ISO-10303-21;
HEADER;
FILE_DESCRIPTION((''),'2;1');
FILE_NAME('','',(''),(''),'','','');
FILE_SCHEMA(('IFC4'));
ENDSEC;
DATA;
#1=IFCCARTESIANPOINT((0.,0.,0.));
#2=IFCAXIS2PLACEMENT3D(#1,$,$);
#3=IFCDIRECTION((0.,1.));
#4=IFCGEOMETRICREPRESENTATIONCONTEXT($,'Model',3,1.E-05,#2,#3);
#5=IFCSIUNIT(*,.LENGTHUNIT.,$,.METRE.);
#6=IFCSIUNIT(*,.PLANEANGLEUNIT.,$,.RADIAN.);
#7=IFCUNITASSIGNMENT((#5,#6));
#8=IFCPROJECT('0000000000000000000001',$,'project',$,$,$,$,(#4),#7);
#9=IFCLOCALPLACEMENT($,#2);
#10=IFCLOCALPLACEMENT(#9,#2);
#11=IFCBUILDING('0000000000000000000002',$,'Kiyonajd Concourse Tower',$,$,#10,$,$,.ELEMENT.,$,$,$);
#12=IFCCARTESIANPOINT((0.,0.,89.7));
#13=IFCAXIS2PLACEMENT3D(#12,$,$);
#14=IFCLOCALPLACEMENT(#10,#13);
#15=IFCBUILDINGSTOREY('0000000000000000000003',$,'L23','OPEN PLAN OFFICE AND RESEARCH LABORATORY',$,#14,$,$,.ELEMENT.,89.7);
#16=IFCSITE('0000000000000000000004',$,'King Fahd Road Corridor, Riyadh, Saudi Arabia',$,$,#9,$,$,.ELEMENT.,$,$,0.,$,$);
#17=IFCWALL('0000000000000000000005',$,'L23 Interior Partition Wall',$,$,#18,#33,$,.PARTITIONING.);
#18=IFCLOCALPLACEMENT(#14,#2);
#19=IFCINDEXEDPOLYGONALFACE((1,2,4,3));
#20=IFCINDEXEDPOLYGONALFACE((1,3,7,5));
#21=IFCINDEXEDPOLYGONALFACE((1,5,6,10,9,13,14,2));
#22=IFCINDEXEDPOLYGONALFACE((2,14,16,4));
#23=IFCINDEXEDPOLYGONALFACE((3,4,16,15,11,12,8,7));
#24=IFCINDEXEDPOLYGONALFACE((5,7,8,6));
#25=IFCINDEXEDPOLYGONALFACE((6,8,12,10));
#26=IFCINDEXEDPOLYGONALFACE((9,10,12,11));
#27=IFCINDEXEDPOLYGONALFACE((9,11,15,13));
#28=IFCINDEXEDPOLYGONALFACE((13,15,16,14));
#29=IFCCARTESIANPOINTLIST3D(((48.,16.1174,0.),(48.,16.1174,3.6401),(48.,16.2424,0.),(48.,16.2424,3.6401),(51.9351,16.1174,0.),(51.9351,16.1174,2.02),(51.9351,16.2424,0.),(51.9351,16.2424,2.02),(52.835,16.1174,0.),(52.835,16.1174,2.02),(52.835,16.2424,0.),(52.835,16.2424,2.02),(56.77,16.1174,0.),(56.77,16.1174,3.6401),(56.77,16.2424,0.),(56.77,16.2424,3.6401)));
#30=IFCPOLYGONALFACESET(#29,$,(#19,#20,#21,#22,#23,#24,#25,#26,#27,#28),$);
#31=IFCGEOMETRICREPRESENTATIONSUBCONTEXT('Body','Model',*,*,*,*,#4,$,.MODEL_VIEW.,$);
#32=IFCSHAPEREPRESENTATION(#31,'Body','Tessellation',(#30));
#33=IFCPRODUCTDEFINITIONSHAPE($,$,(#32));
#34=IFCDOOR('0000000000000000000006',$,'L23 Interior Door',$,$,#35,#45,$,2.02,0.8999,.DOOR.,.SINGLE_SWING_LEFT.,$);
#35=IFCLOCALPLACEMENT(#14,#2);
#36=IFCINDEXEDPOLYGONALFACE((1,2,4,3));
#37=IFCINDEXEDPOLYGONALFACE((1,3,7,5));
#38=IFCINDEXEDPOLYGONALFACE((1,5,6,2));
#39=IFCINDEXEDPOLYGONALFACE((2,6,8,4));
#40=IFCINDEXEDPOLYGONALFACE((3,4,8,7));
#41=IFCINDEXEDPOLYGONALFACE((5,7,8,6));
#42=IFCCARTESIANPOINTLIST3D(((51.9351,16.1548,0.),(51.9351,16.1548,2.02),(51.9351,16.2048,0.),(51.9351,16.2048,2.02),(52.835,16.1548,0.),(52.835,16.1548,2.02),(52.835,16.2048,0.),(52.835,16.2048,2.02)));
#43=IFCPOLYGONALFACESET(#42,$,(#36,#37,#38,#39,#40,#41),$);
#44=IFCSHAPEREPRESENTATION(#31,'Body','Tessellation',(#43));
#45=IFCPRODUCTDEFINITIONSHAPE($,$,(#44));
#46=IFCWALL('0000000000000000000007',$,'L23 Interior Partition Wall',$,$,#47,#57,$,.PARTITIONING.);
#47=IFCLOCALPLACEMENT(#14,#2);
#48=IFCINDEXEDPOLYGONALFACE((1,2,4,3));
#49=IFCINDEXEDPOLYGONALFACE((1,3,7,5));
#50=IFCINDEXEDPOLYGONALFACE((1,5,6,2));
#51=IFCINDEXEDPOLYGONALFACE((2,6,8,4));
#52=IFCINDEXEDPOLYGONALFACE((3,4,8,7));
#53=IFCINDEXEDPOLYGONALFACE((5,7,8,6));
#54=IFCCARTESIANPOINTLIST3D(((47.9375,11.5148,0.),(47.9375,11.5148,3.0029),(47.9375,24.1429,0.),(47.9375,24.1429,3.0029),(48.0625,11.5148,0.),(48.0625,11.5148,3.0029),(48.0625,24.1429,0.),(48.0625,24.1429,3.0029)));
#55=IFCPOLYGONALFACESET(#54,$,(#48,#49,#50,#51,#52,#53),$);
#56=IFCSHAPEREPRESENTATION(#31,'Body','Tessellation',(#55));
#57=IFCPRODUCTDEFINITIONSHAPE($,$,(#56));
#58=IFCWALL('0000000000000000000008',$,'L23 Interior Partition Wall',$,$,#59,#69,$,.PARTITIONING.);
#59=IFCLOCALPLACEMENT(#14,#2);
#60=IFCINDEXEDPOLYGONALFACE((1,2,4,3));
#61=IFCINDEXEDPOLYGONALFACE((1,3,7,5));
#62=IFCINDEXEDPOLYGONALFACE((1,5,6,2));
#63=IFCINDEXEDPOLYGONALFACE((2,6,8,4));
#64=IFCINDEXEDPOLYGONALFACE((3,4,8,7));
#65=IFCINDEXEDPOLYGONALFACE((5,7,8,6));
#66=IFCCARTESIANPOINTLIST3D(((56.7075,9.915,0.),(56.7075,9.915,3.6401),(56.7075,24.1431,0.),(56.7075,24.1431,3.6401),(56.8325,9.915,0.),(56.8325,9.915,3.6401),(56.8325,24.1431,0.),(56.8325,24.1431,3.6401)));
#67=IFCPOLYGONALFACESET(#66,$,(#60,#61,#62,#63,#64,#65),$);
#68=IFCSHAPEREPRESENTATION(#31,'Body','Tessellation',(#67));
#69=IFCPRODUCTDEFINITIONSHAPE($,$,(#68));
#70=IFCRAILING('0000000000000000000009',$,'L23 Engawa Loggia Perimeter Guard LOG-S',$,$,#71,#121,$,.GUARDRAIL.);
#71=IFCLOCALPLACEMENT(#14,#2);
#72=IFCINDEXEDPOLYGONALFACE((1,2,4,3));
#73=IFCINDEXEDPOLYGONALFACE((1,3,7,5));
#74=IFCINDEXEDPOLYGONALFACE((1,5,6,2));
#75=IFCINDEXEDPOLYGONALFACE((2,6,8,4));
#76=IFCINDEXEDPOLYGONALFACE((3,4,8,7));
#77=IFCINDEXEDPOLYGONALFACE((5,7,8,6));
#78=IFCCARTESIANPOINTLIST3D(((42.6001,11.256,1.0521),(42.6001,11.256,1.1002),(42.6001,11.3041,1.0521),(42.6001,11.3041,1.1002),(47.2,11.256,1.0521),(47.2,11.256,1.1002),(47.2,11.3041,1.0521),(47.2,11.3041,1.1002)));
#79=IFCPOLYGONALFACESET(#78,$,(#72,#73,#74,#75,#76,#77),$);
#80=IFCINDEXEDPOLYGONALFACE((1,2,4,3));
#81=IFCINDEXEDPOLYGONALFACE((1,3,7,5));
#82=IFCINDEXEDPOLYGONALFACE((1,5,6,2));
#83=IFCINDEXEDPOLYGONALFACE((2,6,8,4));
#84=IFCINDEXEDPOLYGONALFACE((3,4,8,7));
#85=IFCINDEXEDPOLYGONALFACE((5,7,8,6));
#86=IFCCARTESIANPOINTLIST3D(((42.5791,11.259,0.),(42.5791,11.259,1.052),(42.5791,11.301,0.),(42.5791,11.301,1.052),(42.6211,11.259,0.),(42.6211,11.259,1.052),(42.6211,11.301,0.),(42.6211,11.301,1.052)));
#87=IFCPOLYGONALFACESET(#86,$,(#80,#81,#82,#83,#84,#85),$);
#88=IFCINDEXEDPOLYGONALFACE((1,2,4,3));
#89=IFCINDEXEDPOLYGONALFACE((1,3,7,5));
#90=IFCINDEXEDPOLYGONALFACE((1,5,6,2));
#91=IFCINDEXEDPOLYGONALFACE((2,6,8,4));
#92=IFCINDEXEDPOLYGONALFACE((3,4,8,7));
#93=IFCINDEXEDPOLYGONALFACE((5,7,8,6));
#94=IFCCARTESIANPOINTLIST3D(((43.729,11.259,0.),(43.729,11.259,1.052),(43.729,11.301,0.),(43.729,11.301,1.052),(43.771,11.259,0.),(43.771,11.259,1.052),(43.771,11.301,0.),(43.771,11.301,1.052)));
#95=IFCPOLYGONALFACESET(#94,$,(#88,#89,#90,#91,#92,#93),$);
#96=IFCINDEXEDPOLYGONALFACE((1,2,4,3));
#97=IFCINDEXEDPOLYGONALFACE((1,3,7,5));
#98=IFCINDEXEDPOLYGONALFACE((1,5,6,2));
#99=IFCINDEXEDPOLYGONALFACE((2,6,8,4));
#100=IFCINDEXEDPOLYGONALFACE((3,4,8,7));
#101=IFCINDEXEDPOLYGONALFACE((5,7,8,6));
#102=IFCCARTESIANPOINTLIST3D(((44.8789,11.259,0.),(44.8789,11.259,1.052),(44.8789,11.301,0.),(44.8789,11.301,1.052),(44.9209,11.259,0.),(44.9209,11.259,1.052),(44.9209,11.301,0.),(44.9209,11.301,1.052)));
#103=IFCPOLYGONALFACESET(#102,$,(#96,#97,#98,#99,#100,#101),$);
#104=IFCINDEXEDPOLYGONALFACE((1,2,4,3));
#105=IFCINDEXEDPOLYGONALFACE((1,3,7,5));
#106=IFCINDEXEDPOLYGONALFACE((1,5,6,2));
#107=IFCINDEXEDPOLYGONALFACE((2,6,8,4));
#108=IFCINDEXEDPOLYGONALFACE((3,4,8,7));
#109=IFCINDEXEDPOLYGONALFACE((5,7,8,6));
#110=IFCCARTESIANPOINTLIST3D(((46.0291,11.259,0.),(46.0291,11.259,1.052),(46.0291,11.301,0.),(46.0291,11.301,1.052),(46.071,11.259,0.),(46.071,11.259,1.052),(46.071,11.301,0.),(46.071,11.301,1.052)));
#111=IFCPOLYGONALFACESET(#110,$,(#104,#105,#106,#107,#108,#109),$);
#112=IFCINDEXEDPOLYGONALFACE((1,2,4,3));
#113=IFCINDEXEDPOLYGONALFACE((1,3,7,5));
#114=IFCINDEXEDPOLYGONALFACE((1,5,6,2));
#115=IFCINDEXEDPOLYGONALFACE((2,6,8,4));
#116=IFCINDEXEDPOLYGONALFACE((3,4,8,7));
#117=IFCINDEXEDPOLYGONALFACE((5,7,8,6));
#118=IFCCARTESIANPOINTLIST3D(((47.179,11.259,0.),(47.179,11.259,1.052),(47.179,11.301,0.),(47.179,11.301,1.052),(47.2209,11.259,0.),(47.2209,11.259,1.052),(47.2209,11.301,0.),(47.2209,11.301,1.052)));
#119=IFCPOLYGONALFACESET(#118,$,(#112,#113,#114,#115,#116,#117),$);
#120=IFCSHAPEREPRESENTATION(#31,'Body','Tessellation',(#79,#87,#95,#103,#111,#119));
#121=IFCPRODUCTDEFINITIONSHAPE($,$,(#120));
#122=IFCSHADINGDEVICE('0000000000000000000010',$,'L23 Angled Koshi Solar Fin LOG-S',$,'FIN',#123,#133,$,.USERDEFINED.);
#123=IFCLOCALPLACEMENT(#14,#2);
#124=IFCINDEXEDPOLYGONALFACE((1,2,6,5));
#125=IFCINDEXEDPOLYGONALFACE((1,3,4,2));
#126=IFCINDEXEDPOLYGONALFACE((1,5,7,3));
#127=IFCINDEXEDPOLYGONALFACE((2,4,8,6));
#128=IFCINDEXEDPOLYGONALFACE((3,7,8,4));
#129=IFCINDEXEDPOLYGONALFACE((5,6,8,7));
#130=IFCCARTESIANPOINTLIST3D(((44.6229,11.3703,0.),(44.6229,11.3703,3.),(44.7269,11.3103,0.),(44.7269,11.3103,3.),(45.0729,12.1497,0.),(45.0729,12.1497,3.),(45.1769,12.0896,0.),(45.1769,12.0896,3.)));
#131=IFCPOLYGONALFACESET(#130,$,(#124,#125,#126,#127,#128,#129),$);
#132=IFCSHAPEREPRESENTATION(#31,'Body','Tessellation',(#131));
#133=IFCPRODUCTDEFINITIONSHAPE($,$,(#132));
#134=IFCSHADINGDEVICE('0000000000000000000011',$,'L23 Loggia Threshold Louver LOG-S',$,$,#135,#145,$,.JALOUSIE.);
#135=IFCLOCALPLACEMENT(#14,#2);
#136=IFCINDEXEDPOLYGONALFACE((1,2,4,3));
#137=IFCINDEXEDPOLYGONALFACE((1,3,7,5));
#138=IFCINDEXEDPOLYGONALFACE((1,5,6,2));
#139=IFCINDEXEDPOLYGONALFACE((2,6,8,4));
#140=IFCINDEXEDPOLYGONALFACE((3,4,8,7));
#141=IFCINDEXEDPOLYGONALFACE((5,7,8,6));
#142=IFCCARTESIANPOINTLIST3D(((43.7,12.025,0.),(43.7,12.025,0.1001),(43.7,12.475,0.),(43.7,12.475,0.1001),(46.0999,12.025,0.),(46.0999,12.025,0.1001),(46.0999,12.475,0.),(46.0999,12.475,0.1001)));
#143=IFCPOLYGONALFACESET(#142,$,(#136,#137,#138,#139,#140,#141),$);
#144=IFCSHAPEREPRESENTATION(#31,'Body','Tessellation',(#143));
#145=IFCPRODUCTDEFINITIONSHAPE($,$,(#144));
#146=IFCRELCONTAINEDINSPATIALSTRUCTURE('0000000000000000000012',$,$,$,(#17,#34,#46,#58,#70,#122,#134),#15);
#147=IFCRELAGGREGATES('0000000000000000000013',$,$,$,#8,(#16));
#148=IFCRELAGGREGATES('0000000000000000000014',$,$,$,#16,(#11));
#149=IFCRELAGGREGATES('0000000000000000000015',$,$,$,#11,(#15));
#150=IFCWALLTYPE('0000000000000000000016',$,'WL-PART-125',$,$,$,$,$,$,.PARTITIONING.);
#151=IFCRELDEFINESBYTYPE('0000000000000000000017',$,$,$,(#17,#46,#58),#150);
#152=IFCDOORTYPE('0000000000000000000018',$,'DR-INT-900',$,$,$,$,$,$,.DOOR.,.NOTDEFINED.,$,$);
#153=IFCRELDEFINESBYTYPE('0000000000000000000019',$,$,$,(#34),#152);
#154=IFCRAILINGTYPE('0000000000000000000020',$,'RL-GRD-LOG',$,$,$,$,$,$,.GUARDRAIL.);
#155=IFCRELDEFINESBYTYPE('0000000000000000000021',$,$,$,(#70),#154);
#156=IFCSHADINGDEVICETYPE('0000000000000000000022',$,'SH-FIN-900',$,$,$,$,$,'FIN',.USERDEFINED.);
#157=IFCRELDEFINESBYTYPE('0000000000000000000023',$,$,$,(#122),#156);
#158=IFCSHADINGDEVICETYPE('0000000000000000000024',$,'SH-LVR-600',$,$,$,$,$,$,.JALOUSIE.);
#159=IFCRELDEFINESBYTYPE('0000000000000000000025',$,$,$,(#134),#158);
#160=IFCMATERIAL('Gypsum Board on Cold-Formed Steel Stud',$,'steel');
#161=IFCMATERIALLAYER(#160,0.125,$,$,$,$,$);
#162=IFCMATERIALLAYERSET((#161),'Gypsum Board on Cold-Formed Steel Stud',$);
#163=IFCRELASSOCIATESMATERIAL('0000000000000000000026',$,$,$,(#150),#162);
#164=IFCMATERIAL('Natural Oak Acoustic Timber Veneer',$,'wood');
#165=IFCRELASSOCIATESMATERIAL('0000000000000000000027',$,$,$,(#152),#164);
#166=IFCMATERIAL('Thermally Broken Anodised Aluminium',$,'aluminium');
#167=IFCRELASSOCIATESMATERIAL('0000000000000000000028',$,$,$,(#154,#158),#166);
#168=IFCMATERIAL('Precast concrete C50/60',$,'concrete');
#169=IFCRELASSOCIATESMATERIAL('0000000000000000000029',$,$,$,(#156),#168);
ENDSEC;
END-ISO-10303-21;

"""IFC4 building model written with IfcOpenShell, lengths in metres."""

from ifc_helpers import new_model, si_unit, direction, frame, frame_2d, origin, origin_2d, place, context, subcontext, project, spatial, rectangle, extrude, material, layer, layer_set, type_object, element, fill, save


model = new_model("IFC4")

# Units and contexts
model_context = context("Model", 3, precision=1e-05, world=origin(), true_north=direction((0.0, 1.0)))
body_context = subcontext(model_context, "Body", "Model", "MODEL_VIEW")
ifc_project = project(units=[si_unit("LENGTHUNIT", "METRE"), si_unit("PLANEANGLEUNIT", "RADIAN")], contexts=[model_context])

# Site, building, storey
site_placement = place(None, origin())
site = spatial("IfcSite", under=ifc_project, at=site_placement, Name="King Fahd Road Corridor, Riyadh, Saudi Arabia", CompositionType="ELEMENT", RefElevation=0.0)
building_placement = place(site_placement, origin())
building = spatial("IfcBuilding", under=site, at=building_placement, Name="Kiyonajd Concourse Tower", CompositionType="ELEMENT")
storey_placement = place(building_placement, frame((0.0, 0.0, 89.7)))
storey = spatial("IfcBuildingStorey", under=building, at=storey_placement, Name="L23", Description="OPEN PLAN OFFICE AND RESEARCH LABORATORY", CompositionType="ELEMENT", Elevation=89.7)

# Shared definitions
ifc_material_1 = material(Name="Precast concrete C50/60", Category="concrete")

# Shared definitions
ifc_material_2 = material(Name="Thermally Broken Anodised Aluminium", Category="aluminium")

# Wall, opening, door
ifc_material_3 = material(Name="Gypsum Board on Cold-Formed Steel Stud", Category="steel")
ifc_layer_1 = layer(ifc_material_3, 0.125)
ifc_layer_set_1 = layer_set([ifc_layer_1], Name="Gypsum Board on Cold-Formed Steel Stud")
wall_type_1 = type_object("IfcWallType", Name="WL-PART-125", PredefinedType="PARTITIONING", material=ifc_layer_set_1)
wall_1_placement = place(storey_placement, frame((48.0, 16.1799, 0.0), z_axis=(0.0, 0.0, 1.0), x_axis=(1.0, 0.0, 0.0)))
wall_1 = element("IfcWall", 1, at=wall_1_placement, inside=storey, type_object=wall_type_1, Name="L23 Interior Partition Wall", PredefinedType="PARTITIONING", context=body_context, shape_type="SweptSolid", body=[
    extrude(rectangle(XDim=8.77, YDim=0.125, at=frame_2d((4.385, 0.0))), origin(), (0.0, 0.0, 1.0), 3.6401),
])
opening_1_placement = place(wall_1_placement, frame((3.9351, 0.0, 0.0)))
opening_1 = element("IfcOpeningElement", 2, at=opening_1_placement, cuts=wall_1, PredefinedType="OPENING", context=body_context, shape_type="SweptSolid", body=[
    extrude(rectangle(XDim=0.8999, YDim=2.02, at=frame_2d((0.45, 1.01))), frame((0.0, 0.0725, 0.0), z_axis=(0.0, -1.0, 0.0), x_axis=(1.0, 0.0, 0.0)), (0.0, 0.0, 1.0), 0.145),
])
ifc_material_4 = material(Name="Natural Oak Acoustic Timber Veneer", Category="wood")
door_type_1 = type_object("IfcDoorType", Name="DR-INT-900", OperationType="NOTDEFINED", PredefinedType="DOOR", material=ifc_material_4)
door_1_placement = place(opening_1_placement, origin())
door_1 = element("IfcDoor", 3, at=door_1_placement, inside=storey, type_object=door_type_1, Name="L23 Interior Door", OperationType="SINGLE_SWING_LEFT", OverallHeight=2.02, OverallWidth=0.8999, PredefinedType="DOOR", context=body_context, shape_type="SweptSolid", body=[
    extrude(rectangle(XDim=0.8999, YDim=2.02, at=frame_2d((0.45, 1.01))), frame((0.0, 0.0249, 0.0), z_axis=(0.0, -1.0, 0.0), x_axis=(1.0, 0.0, 0.0)), (0.0, 0.0, 1.0), 0.05),
])
fill(opening_1, door_1)

# Walls
wall_2_placement = place(storey_placement, frame((48.0, 11.5149, 0.0), z_axis=(0.0, 0.0, 1.0), x_axis=(0.0, 1.0, 0.0)))
element("IfcWall", 4, at=wall_2_placement, inside=storey, type_object=wall_type_1, Name="L23 Interior Partition Wall", PredefinedType="PARTITIONING", context=body_context, shape_type="SweptSolid", body=[
    extrude(rectangle(XDim=12.6282, YDim=0.125, at=frame_2d((6.314, 0.0))), origin(), (0.0, 0.0, 1.0), 3.0029),
])
wall_3_placement = place(storey_placement, frame((56.77, 9.915, 0.0), z_axis=(0.0, 0.0, 1.0), x_axis=(0.0, 1.0, 0.0)))
element("IfcWall", 5, at=wall_3_placement, inside=storey, type_object=wall_type_1, Name="L23 Interior Partition Wall", PredefinedType="PARTITIONING", context=body_context, shape_type="SweptSolid", body=[
    extrude(rectangle(XDim=14.228, YDim=0.125, at=frame_2d((7.114, 0.0))), origin(), (0.0, 0.0, 1.0), 3.6401),
])

# Railing
railing_type = type_object("IfcRailingType", Name="RL-GRD-LOG", PredefinedType="GUARDRAIL", material=ifc_material_2)
railing_placement = place(storey_placement, frame((42.6001, 11.28, 0.0)))
element("IfcRailing", 6, at=railing_placement, inside=storey, type_object=railing_type, Name="L23 Engawa Loggia Perimeter Guard LOG-S", PredefinedType="GUARDRAIL", context=body_context, shape_type="SweptSolid", body=[
    extrude(rectangle(XDim=0.0481, YDim=0.0481, at=origin_2d()), frame((0.0, 0.0, 1.0762), z_axis=(1.0, 0.0, 0.0), x_axis=(0.0, 1.0, 0.0)), (0.0, 0.0, 1.0), 4.5999),
    extrude(rectangle(XDim=0.042, YDim=0.042, at=origin_2d()), origin(), (0.0, 0.0, 1.0), 1.052),
    extrude(rectangle(XDim=0.042, YDim=0.042, at=origin_2d()), frame((1.1499, 0.0, 0.0)), (0.0, 0.0, 1.0), 1.052),
    extrude(rectangle(XDim=0.042, YDim=0.042, at=origin_2d()), frame((2.2998, 0.0, 0.0)), (0.0, 0.0, 1.0), 1.052),
    extrude(rectangle(XDim=0.042, YDim=0.042, at=origin_2d()), frame((3.45, 0.0, 0.0)), (0.0, 0.0, 1.0), 1.052),
    extrude(rectangle(XDim=0.042, YDim=0.042, at=origin_2d()), frame((4.5999, 0.0, 0.0)), (0.0, 0.0, 1.0), 1.052),
])

# Shading devices
shading_device_type_1 = type_object("IfcShadingDeviceType", Name="SH-FIN-900", ElementType="FIN", PredefinedType="USERDEFINED", material=ifc_material_1)
shading_device_1_placement = place(storey_placement, frame((44.8999, 11.73, 0.0), z_axis=(0.0, 0.0, 1.0), x_axis=(0.5, 0.866025, 0.0)))
element("IfcShadingDevice", 7, at=shading_device_1_placement, inside=storey, type_object=shading_device_type_1, Name="L23 Angled Koshi Solar Fin LOG-S", ObjectType="FIN", PredefinedType="USERDEFINED", context=body_context, shape_type="SweptSolid", body=[
    extrude(rectangle(XDim=0.8999, YDim=0.1201, at=origin_2d()), origin(), (0.0, 0.0, 1.0), 3.0),
])
shading_device_type_2 = type_object("IfcShadingDeviceType", Name="SH-LVR-600", PredefinedType="JALOUSIE", material=ifc_material_2)
shading_device_2_placement = place(storey_placement, frame((44.8999, 12.25, 0.0), z_axis=(0.0, 0.0, 1.0), x_axis=(1.0, 0.0, 0.0)))
element("IfcShadingDevice", 8, at=shading_device_2_placement, inside=storey, type_object=shading_device_type_2, Name="L23 Loggia Threshold Louver LOG-S", PredefinedType="JALOUSIE", context=body_context, shape_type="SweptSolid", body=[
    extrude(rectangle(XDim=2.3999, YDim=0.45, at=origin_2d()), origin(), (0.0, 0.0, 1.0), 0.1001),
])

save(model, "model.ifc")
